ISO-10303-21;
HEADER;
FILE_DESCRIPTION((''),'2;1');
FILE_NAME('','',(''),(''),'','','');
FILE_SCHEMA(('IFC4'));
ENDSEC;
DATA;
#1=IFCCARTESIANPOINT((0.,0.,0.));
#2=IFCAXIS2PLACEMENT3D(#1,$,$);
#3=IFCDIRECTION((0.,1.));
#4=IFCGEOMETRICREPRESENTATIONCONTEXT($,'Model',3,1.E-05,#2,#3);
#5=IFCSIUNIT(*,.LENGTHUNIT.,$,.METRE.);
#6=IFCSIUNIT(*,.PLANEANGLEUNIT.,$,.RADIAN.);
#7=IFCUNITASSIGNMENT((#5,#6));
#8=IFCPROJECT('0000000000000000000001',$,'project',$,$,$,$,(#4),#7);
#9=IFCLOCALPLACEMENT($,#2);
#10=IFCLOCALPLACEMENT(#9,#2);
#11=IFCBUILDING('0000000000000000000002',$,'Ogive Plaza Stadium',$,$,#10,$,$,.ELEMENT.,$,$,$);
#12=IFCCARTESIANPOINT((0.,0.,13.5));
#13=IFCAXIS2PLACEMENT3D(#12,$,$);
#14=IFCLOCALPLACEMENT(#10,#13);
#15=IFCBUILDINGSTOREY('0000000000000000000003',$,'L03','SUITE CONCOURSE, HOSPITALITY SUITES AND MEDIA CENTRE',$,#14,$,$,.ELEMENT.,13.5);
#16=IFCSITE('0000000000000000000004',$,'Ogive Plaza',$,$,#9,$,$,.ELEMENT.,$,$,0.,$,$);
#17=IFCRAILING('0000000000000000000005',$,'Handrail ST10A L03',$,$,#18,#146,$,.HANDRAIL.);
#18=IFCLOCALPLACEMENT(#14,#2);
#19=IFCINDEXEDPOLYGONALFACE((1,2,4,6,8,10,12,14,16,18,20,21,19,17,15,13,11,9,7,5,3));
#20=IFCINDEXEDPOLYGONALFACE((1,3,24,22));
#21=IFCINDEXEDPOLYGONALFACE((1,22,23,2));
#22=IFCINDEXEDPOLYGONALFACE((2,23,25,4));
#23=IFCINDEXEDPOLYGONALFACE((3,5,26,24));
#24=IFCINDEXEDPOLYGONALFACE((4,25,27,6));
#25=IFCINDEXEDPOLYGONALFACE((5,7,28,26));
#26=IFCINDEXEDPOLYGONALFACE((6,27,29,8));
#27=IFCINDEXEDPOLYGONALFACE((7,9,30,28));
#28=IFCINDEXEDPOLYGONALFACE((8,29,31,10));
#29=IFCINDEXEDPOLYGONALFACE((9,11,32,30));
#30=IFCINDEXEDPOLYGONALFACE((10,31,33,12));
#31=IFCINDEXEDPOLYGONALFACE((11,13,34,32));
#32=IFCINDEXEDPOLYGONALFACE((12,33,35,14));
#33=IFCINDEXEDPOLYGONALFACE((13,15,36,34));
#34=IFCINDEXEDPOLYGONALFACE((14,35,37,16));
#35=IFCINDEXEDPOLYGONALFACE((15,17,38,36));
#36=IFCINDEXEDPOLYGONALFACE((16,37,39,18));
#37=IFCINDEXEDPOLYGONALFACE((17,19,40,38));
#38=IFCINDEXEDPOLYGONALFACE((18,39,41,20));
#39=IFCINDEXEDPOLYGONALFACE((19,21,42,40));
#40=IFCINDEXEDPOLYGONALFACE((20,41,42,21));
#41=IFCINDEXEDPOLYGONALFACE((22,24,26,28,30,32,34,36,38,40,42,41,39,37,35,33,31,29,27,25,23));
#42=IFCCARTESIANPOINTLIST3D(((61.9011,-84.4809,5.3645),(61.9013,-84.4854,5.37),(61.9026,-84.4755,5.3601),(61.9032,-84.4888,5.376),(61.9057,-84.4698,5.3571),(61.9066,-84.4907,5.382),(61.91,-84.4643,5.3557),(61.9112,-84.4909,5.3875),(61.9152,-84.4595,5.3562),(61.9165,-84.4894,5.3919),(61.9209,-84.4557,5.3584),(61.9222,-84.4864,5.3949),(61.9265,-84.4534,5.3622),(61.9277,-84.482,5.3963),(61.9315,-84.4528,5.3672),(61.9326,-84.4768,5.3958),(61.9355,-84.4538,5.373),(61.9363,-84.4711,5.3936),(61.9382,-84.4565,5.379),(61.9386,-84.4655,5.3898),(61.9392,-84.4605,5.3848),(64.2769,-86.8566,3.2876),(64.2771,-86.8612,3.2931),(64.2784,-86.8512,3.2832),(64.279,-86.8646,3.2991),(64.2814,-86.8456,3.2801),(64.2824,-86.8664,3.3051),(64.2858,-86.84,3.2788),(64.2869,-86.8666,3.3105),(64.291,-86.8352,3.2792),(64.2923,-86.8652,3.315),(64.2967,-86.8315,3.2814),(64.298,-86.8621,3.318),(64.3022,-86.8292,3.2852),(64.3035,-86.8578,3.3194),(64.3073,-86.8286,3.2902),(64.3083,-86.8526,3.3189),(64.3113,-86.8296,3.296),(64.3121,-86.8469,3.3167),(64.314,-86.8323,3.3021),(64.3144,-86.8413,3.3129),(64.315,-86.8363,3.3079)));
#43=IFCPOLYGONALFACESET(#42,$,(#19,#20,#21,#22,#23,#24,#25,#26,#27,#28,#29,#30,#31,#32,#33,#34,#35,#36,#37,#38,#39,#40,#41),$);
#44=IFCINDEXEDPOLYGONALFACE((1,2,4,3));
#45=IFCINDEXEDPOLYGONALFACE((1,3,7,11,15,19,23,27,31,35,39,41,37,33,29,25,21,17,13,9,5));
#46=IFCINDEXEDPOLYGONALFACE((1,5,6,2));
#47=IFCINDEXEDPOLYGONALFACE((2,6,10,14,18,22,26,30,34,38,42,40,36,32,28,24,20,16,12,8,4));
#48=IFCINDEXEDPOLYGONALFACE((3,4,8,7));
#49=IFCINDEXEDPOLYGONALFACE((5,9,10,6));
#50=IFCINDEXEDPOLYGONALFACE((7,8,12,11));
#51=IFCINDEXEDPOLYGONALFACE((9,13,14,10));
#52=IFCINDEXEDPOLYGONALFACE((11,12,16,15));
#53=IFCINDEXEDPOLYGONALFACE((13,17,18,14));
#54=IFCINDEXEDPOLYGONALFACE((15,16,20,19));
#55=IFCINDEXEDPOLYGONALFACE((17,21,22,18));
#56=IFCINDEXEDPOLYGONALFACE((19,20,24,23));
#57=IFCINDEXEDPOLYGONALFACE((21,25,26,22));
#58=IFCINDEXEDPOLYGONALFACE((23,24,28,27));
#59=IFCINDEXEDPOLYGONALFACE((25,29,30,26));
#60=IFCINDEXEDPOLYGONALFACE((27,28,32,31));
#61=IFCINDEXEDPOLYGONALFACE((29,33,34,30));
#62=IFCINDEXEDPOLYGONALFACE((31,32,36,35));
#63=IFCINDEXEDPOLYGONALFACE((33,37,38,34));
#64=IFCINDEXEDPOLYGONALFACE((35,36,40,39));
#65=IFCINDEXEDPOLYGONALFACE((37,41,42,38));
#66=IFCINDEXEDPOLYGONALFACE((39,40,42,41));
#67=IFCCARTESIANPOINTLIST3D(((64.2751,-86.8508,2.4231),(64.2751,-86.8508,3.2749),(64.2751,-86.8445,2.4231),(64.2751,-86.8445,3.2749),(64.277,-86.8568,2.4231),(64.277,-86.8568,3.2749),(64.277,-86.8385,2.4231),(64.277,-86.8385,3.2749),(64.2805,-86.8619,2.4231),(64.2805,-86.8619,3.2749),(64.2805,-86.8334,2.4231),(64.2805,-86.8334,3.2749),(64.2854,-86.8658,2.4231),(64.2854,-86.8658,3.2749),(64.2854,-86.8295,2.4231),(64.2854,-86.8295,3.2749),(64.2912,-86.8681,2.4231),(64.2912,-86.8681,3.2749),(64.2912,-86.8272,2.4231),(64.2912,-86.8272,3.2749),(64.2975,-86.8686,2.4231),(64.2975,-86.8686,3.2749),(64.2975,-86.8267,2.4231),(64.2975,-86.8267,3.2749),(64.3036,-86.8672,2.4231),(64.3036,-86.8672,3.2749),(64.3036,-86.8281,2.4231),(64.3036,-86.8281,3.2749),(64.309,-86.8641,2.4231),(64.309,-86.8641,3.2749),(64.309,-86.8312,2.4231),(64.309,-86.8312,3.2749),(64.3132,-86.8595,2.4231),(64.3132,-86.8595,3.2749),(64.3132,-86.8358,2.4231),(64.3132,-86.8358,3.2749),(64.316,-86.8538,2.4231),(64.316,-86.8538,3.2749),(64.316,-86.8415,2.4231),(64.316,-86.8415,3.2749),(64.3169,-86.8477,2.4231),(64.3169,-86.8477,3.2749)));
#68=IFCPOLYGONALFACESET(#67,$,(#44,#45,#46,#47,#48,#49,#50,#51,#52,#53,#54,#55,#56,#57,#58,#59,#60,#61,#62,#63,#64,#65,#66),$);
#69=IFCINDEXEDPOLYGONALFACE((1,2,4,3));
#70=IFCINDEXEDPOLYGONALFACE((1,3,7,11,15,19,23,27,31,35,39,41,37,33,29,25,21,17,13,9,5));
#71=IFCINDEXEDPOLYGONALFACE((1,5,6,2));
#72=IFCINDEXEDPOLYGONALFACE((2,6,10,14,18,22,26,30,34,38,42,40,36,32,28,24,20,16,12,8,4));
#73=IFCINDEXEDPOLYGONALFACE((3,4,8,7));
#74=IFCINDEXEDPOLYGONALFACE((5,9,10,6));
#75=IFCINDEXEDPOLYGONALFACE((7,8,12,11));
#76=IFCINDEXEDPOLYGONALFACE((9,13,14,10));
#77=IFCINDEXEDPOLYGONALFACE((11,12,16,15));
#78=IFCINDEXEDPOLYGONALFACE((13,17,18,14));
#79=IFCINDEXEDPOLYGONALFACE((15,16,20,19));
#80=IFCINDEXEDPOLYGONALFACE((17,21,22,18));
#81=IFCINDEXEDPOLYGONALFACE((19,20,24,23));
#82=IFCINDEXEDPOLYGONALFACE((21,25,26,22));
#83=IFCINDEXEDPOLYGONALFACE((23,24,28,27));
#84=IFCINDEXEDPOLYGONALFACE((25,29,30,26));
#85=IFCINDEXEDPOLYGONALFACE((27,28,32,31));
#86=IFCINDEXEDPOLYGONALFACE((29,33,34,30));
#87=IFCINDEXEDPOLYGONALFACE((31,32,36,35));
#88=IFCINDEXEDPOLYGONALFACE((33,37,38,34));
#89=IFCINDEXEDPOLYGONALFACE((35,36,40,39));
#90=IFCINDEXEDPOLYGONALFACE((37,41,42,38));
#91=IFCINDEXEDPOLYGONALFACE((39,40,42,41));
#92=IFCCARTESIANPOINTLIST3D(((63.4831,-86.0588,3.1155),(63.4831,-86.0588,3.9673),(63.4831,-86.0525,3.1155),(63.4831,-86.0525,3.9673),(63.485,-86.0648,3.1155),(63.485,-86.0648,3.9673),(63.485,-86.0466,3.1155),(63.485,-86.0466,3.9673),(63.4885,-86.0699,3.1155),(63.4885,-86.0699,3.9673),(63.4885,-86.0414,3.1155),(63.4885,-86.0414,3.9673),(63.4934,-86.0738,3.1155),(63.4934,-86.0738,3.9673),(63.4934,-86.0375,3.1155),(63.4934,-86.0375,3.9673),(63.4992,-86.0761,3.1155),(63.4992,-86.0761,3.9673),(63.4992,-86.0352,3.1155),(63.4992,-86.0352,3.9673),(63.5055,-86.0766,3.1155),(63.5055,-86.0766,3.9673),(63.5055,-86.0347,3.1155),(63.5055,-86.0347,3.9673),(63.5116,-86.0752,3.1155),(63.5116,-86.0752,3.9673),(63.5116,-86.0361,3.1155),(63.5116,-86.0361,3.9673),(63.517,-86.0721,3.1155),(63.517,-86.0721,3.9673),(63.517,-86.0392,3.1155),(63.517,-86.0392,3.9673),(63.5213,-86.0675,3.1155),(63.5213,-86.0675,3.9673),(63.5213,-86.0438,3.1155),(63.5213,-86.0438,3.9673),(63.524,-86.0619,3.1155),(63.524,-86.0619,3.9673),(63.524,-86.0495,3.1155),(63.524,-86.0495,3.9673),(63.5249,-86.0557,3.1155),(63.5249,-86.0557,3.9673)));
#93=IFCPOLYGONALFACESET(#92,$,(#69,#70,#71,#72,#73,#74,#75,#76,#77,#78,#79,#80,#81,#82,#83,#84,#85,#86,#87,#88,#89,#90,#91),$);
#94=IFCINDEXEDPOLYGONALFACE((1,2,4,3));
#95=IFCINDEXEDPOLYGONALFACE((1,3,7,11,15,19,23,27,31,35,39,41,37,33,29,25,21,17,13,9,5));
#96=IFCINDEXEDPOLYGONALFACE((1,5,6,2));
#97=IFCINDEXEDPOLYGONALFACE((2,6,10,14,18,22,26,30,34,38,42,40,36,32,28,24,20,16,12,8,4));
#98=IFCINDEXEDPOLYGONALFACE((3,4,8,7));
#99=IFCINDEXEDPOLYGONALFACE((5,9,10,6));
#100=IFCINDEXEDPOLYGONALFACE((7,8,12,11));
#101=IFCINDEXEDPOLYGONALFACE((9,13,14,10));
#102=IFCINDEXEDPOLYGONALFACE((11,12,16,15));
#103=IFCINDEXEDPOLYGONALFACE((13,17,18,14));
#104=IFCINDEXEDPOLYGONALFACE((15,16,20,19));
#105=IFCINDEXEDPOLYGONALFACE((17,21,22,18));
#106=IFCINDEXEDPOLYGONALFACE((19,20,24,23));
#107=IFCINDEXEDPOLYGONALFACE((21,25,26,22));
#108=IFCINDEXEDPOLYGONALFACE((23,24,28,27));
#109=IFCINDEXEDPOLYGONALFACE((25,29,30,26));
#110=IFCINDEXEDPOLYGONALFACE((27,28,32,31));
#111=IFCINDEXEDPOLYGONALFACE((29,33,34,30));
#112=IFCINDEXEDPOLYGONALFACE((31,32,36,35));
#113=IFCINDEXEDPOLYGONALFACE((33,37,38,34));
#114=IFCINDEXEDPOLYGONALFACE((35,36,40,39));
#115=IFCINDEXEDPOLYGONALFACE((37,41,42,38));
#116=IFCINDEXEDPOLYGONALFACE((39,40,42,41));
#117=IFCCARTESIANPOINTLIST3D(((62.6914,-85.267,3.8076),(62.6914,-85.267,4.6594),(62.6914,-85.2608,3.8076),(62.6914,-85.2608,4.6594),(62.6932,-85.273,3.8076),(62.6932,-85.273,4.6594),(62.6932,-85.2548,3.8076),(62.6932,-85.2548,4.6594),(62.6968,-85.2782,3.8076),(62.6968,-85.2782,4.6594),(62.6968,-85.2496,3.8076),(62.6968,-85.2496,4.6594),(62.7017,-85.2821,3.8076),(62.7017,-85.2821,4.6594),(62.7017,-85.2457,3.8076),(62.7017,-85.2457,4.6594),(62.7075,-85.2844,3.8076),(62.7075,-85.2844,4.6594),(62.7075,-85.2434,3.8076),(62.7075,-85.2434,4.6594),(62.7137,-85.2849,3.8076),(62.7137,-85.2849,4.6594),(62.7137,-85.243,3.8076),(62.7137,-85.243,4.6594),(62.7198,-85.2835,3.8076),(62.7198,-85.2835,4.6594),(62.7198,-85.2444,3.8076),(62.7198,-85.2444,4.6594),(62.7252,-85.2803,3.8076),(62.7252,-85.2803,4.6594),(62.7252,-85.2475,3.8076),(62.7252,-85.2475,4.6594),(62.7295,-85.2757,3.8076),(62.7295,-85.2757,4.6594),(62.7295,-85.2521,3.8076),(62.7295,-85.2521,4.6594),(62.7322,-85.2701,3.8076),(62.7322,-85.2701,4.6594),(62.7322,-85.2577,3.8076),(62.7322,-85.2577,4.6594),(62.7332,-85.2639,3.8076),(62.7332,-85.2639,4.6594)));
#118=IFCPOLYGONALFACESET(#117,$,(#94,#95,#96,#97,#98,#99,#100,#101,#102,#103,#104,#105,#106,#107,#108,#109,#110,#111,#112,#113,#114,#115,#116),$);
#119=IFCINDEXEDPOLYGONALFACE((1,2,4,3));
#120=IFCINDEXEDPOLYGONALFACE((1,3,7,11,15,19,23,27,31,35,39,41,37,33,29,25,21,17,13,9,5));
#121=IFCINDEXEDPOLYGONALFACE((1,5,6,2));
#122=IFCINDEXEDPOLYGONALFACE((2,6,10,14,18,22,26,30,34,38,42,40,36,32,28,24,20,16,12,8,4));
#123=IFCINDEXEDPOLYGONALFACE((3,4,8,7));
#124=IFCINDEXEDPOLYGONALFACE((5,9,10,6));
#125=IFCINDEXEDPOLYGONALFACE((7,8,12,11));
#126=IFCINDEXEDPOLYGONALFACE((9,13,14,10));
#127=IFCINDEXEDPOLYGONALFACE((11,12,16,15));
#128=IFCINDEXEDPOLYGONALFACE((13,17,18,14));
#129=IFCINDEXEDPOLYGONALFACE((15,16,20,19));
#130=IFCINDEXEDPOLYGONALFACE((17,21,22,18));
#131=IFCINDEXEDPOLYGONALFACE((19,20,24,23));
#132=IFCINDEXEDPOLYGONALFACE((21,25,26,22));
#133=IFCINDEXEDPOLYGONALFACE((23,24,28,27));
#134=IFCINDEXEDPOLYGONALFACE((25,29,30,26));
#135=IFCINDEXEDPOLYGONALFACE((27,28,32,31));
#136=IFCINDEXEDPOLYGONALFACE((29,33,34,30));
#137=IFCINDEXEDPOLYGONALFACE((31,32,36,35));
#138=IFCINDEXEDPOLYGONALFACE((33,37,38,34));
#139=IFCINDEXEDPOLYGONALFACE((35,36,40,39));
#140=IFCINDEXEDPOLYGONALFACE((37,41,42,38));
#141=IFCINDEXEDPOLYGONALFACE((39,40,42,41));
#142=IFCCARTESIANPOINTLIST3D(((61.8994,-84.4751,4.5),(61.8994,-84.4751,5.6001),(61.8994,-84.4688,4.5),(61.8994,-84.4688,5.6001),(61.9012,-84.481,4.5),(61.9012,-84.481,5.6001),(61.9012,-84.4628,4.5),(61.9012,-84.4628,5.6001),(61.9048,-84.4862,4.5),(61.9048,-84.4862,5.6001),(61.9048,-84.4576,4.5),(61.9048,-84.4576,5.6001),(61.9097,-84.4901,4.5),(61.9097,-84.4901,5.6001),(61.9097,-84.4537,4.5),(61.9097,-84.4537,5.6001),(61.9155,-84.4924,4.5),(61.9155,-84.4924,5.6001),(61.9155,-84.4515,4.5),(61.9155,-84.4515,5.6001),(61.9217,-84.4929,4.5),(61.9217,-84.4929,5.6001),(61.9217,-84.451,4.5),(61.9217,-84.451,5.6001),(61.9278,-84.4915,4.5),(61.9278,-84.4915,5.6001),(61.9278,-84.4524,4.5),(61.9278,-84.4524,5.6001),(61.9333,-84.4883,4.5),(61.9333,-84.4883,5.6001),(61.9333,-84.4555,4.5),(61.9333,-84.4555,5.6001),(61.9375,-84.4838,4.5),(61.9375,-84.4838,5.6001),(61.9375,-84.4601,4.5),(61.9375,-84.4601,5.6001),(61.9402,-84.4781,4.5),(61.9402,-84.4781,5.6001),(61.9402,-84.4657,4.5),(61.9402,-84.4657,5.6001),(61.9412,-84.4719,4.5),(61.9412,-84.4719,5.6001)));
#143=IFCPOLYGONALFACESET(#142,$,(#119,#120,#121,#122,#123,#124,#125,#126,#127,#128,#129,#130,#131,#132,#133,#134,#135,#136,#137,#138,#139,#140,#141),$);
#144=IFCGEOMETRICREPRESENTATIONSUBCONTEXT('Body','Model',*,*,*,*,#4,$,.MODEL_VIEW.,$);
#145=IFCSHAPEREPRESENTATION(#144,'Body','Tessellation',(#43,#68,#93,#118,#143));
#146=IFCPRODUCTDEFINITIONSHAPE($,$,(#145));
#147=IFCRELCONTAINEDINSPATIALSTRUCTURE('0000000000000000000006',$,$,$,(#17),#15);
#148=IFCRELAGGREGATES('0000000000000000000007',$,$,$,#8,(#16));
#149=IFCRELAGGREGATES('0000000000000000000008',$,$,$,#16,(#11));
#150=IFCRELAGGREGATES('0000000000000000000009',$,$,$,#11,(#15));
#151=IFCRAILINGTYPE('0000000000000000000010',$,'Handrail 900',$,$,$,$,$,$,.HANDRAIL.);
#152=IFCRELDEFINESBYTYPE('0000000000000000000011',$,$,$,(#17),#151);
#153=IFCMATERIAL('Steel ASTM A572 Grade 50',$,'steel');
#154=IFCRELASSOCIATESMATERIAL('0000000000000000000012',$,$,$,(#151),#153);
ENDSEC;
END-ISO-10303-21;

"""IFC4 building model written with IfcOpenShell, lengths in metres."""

from ifc_helpers import new_model, si_unit, direction, frame, origin, origin_2d, place, context, subcontext, project, spatial, circle, extrude, material, type_object, element, save


model = new_model("IFC4")

# Units and contexts
model_context = context("Model", 3, precision=1e-05, world=origin(), true_north=direction((0.0, 1.0)))
body_context = subcontext(model_context, "Body", "Model", "MODEL_VIEW")
ifc_project = project(units=[si_unit("LENGTHUNIT", "METRE"), si_unit("PLANEANGLEUNIT", "RADIAN")], contexts=[model_context])

# Site, building, storey
site_placement = place(None, origin())
site = spatial("IfcSite", under=ifc_project, at=site_placement, Name="Ogive Plaza", CompositionType="ELEMENT", RefElevation=0.0)
building_placement = place(site_placement, origin())
building = spatial("IfcBuilding", under=site, at=building_placement, Name="Ogive Plaza Stadium", CompositionType="ELEMENT")
storey_placement = place(building_placement, frame((0.0, 0.0, 13.5)))
storey = spatial("IfcBuildingStorey", under=building, at=storey_placement, Name="L03", Description="SUITE CONCOURSE, HOSPITALITY SUITES AND MEDIA CENTRE", CompositionType="ELEMENT", Elevation=13.5)

# Railing
ifc_material_1 = material(Name="Steel ASTM A572 Grade 50", Category="steel")
railing_type_1 = type_object("IfcRailingType", Name="Handrail 900", PredefinedType="HANDRAIL", material=ifc_material_1)
for number, where, name in (
    (1, (64.2959, -86.8477, 2.4231), "Handrail ST10A L03"),
):
    element("IfcRailing", number, at=place(storey_placement, frame(where)), inside=storey, type_object=railing_type_1, Name=name, PredefinedType="HANDRAIL", context=body_context, shape_type="SweptSolid", body=[
        extrude(circle(Radius=0.0239, at=origin_2d()), frame((0.0, 0.0, 0.876), z_axis=(-0.601466, 0.601466, 0.525811), x_axis=(-0.707107, -0.707107, 0.0)), (0.0, 0.0, 1.0), 3.95),
        extrude(circle(Radius=0.021, at=origin_2d()), origin(), (0.0, 0.0, 1.0), 0.8518),
        extrude(circle(Radius=0.021, at=origin_2d()), frame((-0.792, 0.792, 0.6924)), (0.0, 0.0, 1.0), 0.8518),
        extrude(circle(Radius=0.021, at=origin_2d()), frame((-1.5837, 1.5837, 1.3845)), (0.0, 0.0, 1.0), 0.8518),
        extrude(circle(Radius=0.021, at=origin_2d()), frame((-2.3757, 2.3757, 2.0769)), (0.0, 0.0, 1.0), 1.1001),
    ])

save(model, "model.ifc")
